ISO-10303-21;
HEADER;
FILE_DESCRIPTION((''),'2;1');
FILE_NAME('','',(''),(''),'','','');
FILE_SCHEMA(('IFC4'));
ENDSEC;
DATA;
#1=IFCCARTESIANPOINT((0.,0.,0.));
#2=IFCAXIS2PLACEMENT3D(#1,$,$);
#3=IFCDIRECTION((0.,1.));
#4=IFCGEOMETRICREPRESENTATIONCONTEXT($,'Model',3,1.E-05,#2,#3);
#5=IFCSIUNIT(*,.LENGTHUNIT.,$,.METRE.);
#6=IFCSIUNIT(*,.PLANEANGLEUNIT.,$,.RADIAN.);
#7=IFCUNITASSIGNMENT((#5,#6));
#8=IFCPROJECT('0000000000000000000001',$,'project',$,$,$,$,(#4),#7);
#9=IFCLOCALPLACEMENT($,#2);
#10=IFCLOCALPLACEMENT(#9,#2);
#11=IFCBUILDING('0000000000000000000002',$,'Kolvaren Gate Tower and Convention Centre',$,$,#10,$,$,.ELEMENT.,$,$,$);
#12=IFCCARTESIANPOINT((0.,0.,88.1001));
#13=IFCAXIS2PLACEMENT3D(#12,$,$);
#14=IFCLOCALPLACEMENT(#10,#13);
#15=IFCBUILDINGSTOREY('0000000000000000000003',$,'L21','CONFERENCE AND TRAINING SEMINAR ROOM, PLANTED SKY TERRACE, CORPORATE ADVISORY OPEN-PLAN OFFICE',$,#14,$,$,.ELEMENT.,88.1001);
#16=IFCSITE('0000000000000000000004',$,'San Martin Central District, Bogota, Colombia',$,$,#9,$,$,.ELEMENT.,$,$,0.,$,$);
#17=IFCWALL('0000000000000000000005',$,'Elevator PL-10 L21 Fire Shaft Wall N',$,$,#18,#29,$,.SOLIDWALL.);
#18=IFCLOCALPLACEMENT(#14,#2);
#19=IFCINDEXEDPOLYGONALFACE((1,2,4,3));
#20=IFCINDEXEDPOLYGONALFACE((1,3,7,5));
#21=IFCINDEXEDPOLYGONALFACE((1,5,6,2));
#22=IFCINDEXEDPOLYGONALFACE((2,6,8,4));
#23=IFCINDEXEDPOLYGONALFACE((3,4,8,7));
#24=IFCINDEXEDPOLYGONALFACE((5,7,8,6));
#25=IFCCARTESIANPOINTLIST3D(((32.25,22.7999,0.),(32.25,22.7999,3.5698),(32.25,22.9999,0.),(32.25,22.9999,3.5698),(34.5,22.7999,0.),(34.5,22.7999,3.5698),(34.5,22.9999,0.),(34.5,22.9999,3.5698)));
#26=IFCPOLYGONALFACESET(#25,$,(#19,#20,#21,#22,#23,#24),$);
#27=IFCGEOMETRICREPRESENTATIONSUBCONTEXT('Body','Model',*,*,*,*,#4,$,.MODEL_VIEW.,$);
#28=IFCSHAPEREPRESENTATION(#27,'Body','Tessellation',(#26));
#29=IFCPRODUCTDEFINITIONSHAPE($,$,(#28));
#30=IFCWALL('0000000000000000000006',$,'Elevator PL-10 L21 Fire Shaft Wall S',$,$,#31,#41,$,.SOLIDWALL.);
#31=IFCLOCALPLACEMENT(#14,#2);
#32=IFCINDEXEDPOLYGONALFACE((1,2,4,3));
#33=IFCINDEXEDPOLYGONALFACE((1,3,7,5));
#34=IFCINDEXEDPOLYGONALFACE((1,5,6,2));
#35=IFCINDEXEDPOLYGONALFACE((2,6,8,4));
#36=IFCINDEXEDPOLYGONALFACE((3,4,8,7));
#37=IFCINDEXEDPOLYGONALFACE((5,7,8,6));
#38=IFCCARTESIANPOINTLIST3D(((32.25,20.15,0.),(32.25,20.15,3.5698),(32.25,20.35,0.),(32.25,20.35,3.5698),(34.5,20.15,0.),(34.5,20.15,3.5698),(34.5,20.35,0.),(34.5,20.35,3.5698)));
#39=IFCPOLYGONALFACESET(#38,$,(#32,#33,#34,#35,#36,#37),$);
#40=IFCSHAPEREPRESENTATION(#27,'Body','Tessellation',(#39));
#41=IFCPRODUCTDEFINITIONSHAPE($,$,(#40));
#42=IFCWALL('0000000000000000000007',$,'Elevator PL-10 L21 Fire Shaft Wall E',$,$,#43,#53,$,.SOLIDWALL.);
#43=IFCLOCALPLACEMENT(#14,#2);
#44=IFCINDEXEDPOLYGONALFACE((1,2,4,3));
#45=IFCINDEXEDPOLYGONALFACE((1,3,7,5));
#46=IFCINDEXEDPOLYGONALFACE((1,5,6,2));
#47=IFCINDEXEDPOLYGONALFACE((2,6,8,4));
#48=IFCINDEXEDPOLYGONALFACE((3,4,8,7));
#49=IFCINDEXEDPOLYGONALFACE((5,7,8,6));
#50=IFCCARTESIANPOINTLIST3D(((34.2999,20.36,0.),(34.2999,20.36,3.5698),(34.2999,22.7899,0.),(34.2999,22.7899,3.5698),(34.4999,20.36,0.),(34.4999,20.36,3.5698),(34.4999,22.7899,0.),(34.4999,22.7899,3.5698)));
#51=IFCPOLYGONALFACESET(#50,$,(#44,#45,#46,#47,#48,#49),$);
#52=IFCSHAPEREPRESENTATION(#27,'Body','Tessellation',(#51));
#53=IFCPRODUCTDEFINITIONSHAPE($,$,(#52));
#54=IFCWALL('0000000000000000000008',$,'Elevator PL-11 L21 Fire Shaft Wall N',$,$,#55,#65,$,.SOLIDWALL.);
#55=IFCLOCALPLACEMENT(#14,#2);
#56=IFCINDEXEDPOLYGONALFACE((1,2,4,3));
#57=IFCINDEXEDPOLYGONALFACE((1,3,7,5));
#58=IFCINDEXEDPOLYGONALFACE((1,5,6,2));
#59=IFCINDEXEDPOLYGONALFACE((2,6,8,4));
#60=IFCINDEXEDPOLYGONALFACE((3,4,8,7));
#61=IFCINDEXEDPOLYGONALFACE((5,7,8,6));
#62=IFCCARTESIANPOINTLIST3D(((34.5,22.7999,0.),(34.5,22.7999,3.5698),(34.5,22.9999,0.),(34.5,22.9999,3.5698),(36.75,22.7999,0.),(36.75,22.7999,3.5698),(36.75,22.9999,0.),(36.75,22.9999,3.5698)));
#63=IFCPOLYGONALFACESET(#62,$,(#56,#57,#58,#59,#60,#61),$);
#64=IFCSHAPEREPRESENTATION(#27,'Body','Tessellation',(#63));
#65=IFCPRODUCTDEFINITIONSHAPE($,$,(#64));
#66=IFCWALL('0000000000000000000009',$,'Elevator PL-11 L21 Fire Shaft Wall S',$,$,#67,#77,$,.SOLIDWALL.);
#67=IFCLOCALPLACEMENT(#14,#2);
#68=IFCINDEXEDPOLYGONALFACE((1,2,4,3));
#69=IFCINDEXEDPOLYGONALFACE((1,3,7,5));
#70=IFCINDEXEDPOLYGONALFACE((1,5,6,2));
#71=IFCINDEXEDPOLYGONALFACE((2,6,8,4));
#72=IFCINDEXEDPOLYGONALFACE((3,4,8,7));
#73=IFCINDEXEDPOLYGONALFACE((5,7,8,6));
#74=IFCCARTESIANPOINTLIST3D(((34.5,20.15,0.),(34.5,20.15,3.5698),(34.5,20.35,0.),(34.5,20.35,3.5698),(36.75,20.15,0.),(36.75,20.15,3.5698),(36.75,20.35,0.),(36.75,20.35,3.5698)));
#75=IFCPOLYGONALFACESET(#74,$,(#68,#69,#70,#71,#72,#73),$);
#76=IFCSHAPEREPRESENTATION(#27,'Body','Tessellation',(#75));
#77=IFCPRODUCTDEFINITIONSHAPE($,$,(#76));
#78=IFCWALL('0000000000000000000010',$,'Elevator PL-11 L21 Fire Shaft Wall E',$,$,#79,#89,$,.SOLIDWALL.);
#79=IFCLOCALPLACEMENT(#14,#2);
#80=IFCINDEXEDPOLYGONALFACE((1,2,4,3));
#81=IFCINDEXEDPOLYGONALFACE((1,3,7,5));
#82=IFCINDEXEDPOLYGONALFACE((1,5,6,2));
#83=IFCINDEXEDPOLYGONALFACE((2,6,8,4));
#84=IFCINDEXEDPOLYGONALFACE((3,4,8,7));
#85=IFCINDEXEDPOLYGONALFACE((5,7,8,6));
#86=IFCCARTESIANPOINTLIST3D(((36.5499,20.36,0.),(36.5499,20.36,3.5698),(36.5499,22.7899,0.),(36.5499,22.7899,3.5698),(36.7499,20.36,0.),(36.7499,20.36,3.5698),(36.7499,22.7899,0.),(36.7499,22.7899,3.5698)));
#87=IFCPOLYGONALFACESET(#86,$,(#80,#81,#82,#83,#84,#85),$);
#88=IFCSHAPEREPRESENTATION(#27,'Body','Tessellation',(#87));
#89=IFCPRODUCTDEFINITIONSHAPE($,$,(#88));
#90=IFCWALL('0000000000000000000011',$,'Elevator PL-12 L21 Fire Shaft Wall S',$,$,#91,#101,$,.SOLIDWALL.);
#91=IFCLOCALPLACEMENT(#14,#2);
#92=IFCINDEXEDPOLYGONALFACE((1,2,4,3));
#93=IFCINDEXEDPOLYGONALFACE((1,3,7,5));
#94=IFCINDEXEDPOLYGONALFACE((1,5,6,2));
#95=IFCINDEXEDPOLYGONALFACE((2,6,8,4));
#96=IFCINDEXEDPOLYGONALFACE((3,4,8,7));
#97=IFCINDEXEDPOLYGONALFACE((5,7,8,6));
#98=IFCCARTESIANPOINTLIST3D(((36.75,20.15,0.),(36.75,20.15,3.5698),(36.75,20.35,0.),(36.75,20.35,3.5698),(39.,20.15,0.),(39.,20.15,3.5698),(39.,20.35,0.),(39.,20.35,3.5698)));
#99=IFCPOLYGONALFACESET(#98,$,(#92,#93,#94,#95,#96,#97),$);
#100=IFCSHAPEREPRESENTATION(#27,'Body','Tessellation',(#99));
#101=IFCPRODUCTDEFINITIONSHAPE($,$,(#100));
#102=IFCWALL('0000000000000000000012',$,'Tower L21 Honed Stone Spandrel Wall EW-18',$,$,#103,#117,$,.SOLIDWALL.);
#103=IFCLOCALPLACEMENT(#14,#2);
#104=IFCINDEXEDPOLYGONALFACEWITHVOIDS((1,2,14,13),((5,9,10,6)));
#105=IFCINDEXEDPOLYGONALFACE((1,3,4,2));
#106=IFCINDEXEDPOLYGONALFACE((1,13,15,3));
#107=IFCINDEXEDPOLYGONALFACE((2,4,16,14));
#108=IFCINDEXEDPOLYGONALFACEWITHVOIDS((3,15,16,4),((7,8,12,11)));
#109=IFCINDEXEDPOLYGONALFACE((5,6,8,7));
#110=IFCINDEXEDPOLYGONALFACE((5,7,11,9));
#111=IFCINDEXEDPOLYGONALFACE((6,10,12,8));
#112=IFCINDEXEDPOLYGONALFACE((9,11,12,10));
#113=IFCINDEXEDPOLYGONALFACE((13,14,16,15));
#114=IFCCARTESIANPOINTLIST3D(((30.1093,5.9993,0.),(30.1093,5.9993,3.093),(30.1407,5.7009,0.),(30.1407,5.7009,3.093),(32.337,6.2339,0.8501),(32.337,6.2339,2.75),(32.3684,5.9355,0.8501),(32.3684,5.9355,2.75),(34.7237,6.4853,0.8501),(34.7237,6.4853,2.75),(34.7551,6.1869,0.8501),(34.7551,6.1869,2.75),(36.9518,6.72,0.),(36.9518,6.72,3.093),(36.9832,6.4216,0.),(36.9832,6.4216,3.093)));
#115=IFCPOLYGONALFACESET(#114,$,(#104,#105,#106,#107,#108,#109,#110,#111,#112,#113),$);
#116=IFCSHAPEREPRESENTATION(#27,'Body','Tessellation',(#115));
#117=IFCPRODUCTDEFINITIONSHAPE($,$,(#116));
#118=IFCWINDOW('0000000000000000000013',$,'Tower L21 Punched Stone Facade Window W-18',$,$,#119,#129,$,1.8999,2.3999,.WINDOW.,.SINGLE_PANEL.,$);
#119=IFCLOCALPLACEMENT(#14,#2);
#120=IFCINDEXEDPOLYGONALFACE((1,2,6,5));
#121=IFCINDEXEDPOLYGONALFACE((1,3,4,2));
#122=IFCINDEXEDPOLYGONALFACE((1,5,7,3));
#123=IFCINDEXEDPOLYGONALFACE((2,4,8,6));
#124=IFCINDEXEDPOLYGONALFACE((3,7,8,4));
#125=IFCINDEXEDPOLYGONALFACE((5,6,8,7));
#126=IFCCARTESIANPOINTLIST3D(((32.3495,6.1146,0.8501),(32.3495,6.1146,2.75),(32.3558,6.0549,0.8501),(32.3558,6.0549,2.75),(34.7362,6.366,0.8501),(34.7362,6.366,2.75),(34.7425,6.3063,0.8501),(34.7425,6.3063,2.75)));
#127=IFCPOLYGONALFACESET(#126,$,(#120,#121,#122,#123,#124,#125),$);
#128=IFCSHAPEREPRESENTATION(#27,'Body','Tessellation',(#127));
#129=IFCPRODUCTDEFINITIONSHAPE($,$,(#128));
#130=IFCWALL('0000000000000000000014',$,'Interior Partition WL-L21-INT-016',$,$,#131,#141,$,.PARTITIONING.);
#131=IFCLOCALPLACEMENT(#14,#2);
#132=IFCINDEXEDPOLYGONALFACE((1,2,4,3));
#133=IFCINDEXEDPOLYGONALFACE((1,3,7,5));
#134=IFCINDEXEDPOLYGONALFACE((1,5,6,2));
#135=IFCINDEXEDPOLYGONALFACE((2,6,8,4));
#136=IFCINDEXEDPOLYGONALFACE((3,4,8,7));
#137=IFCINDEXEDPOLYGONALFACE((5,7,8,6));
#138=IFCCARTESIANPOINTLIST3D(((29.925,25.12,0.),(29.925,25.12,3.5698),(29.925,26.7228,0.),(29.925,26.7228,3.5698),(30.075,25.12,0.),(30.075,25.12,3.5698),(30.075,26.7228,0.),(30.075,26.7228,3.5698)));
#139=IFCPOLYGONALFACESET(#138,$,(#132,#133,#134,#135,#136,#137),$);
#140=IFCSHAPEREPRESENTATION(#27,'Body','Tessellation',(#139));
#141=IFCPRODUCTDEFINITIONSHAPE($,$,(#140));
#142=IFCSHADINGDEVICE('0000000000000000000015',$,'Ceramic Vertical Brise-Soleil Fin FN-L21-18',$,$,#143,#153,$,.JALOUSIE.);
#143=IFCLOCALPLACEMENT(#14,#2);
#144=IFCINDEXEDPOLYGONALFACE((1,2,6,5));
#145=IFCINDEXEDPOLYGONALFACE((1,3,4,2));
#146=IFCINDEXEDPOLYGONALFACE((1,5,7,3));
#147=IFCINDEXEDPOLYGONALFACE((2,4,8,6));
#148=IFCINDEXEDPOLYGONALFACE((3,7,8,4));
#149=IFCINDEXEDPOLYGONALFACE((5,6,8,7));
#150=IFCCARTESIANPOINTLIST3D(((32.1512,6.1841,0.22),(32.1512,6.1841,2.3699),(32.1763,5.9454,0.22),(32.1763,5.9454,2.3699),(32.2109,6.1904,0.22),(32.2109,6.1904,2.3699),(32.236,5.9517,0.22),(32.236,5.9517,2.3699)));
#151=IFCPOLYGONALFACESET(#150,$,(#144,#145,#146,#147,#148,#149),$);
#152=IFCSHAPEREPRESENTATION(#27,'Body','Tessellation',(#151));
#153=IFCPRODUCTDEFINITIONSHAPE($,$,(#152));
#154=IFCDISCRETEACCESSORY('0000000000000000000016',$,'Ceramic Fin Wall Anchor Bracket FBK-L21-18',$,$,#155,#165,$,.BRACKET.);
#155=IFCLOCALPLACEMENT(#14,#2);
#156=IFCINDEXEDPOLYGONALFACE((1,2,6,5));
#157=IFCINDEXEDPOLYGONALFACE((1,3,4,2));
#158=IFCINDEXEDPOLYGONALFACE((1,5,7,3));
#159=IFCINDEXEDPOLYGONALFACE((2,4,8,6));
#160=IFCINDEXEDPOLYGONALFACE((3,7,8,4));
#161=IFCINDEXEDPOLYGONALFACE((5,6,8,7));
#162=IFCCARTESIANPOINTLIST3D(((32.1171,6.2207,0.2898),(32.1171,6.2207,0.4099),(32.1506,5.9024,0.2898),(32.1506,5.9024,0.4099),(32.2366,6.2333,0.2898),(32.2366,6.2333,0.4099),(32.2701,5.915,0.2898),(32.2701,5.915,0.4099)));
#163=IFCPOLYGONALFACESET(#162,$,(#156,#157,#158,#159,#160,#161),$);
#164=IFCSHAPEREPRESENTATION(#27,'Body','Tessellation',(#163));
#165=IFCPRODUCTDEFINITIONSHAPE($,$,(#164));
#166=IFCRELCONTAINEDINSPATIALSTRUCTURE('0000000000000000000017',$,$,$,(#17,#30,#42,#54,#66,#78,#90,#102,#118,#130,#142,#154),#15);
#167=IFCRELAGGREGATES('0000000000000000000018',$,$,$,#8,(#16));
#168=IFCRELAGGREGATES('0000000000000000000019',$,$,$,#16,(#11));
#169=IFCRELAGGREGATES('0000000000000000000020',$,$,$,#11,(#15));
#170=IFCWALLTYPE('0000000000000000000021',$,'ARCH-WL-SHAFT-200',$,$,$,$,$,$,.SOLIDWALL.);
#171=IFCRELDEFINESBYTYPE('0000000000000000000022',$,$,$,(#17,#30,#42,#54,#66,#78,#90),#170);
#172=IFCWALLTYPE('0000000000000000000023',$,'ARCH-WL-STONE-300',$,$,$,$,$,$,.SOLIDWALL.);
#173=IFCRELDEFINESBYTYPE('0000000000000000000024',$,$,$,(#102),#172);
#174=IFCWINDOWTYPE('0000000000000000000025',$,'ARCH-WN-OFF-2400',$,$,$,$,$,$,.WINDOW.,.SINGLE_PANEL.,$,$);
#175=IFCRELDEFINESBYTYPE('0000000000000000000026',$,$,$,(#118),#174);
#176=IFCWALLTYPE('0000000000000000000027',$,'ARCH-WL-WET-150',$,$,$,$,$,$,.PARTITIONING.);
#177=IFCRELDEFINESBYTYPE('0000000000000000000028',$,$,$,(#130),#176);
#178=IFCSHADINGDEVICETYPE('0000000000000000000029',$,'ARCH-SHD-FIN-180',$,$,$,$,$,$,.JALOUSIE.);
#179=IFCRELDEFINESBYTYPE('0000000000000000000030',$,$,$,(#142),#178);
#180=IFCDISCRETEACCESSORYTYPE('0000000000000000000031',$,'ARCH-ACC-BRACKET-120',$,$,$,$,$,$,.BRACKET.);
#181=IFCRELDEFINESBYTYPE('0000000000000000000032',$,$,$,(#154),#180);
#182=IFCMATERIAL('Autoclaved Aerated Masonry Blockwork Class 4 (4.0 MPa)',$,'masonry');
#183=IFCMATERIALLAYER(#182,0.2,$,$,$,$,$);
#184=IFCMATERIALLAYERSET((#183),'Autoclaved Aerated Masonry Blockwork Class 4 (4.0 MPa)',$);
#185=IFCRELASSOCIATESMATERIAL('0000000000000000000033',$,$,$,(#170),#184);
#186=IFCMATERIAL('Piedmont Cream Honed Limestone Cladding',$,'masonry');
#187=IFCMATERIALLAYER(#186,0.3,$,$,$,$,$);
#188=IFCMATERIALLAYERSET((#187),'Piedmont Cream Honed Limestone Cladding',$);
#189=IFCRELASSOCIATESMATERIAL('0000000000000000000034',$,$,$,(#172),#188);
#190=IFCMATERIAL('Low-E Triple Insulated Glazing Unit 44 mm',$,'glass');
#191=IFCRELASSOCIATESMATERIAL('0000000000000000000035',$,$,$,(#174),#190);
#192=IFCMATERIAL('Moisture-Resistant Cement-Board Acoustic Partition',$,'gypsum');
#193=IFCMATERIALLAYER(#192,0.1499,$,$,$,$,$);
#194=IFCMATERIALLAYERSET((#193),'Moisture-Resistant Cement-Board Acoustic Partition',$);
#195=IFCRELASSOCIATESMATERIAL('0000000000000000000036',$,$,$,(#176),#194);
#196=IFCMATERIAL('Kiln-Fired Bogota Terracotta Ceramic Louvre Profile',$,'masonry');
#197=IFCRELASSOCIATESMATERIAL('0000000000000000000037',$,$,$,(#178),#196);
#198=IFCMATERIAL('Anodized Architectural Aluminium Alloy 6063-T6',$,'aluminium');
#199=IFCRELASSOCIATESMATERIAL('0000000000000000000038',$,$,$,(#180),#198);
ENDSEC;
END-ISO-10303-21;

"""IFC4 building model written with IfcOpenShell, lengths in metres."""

from ifc_helpers import new_model, si_unit, direction, frame, frame_2d, origin, origin_2d, place, context, subcontext, project, spatial, rectangle, extrude, material, layer, layer_set, type_object, element, fill, save


model = new_model("IFC4")

# Units and contexts
model_context = context("Model", 3, precision=1e-05, world=origin(), true_north=direction((0.0, 1.0)))
body_context = subcontext(model_context, "Body", "Model", "MODEL_VIEW")
ifc_project = project(units=[si_unit("LENGTHUNIT", "METRE"), si_unit("PLANEANGLEUNIT", "RADIAN")], contexts=[model_context])

# Site, building, storey
site_placement = place(None, origin())
site = spatial("IfcSite", under=ifc_project, at=site_placement, Name="San Martin Central District, Bogota, Colombia", CompositionType="ELEMENT", RefElevation=0.0)
building_placement = place(site_placement, origin())
building = spatial("IfcBuilding", under=site, at=building_placement, Name="Kolvaren Gate Tower and Convention Centre", CompositionType="ELEMENT")
storey_placement = place(building_placement, frame((0.0, 0.0, 88.1001)))
storey = spatial("IfcBuildingStorey", under=building, at=storey_placement, Name="L21", Description="CONFERENCE AND TRAINING SEMINAR ROOM, PLANTED SKY TERRACE, CORPORATE ADVISORY OPEN-PLAN OFFICE", CompositionType="ELEMENT", Elevation=88.1001)

# Walls
ifc_material_1 = material(Name="Autoclaved Aerated Masonry Blockwork Class 4 (4.0 MPa)", Category="masonry")
ifc_layer_1 = layer(ifc_material_1, 0.2)
ifc_layer_set_1 = layer_set([ifc_layer_1], Name="Autoclaved Aerated Masonry Blockwork Class 4 (4.0 MPa)")
wall_type_1 = type_object("IfcWallType", Name="ARCH-WL-SHAFT-200", PredefinedType="SOLIDWALL", material=ifc_layer_set_1)
for number, where, z_axis, x_axis, name in (
    (1, (32.25, 22.8999, 0.0), (0.0, 0.0, 1.0), (1.0, 0.0, 0.0), "Elevator PL-10 L21 Fire Shaft Wall N"),
    (2, (32.25, 20.25, 0.0), (0.0, 0.0, 1.0), (1.0, 0.0, 0.0), "Elevator PL-10 L21 Fire Shaft Wall S"),
):
    element("IfcWall", number, at=place(storey_placement, frame(where, z_axis=z_axis, x_axis=x_axis)), inside=storey, type_object=wall_type_1, Name=name, PredefinedType="SOLIDWALL", context=body_context, shape_type="SweptSolid", body=[
        extrude(rectangle(XDim=2.25, YDim=0.2, at=frame_2d((1.125, 0.0))), origin(), (0.0, 0.0, 1.0), 3.5698),
    ])
wall_1_placement = place(storey_placement, frame((34.3999, 20.3601, 0.0), z_axis=(0.0, 0.0, 1.0), x_axis=(0.0, 1.0, 0.0)))
element("IfcWall", 3, at=wall_1_placement, inside=storey, type_object=wall_type_1, Name="Elevator PL-10 L21 Fire Shaft Wall E", PredefinedType="SOLIDWALL", context=body_context, shape_type="SweptSolid", body=[
    extrude(rectangle(XDim=2.4299, YDim=0.2, at=frame_2d((1.2148, 0.0))), origin(), (0.0, 0.0, 1.0), 3.5698),
])
for number, where, z_axis, x_axis, name in (
    (4, (34.5, 22.8999, 0.0), (0.0, 0.0, 1.0), (1.0, 0.0, 0.0), "Elevator PL-11 L21 Fire Shaft Wall N"),
    (5, (34.5, 20.25, 0.0), (0.0, 0.0, 1.0), (1.0, 0.0, 0.0), "Elevator PL-11 L21 Fire Shaft Wall S"),
):
    element("IfcWall", number, at=place(storey_placement, frame(where, z_axis=z_axis, x_axis=x_axis)), inside=storey, type_object=wall_type_1, Name=name, PredefinedType="SOLIDWALL", context=body_context, shape_type="SweptSolid", body=[
        extrude(rectangle(XDim=2.25, YDim=0.2, at=frame_2d((1.125, 0.0))), origin(), (0.0, 0.0, 1.0), 3.5698),
    ])
wall_2_placement = place(storey_placement, frame((36.6499, 20.3601, 0.0), z_axis=(0.0, 0.0, 1.0), x_axis=(0.0, 1.0, 0.0)))
element("IfcWall", 6, at=wall_2_placement, inside=storey, type_object=wall_type_1, Name="Elevator PL-11 L21 Fire Shaft Wall E", PredefinedType="SOLIDWALL", context=body_context, shape_type="SweptSolid", body=[
    extrude(rectangle(XDim=2.4299, YDim=0.2, at=frame_2d((1.2148, 0.0))), origin(), (0.0, 0.0, 1.0), 3.5698),
])
wall_3_placement = place(storey_placement, frame((36.75, 20.25, 0.0), z_axis=(0.0, 0.0, 1.0), x_axis=(1.0, 0.0, 0.0)))
element("IfcWall", 7, at=wall_3_placement, inside=storey, type_object=wall_type_1, Name="Elevator PL-12 L21 Fire Shaft Wall S", PredefinedType="SOLIDWALL", context=body_context, shape_type="SweptSolid", body=[
    extrude(rectangle(XDim=2.25, YDim=0.2, at=frame_2d((1.125, 0.0))), origin(), (0.0, 0.0, 1.0), 3.5698),
])

# Wall, opening, window
ifc_material_2 = material(Name="Piedmont Cream Honed Limestone Cladding", Category="masonry")
ifc_layer_2 = layer(ifc_material_2, 0.3)
ifc_layer_set_2 = layer_set([ifc_layer_2], Name="Piedmont Cream Honed Limestone Cladding")
wall_type_2 = type_object("IfcWallType", Name="ARCH-WL-STONE-300", PredefinedType="SOLIDWALL", material=ifc_layer_set_2)
wall_4_placement = place(storey_placement, frame((30.125, 5.8501, 0.0), z_axis=(0.0, 0.0, 1.0), x_axis=(0.994499, 0.104748, 0.0)))
wall_4 = element("IfcWall", 8, at=wall_4_placement, inside=storey, type_object=wall_type_2, Name="Tower L21 Honed Stone Spandrel Wall EW-18", PredefinedType="SOLIDWALL", context=body_context, shape_type="SweptSolid", body=[
    extrude(rectangle(XDim=6.8804, YDim=0.3, at=frame_2d((3.4402, 0.0))), origin(), (0.0, 0.0, 1.0), 3.093),
])
opening_placement = place(wall_4_placement, frame((2.24, 0.0, 0.8501)))
opening = element("IfcOpeningElement", 9, at=opening_placement, cuts=wall_4, PredefinedType="OPENING", context=body_context, shape_type="SweptSolid", body=[
    extrude(rectangle(XDim=2.3999, YDim=1.8999, at=frame_2d((1.2, 0.95))), frame((0.0, 0.1599, 0.0), z_axis=(0.0, -1.0, 0.0), x_axis=(1.0, 0.0, 0.0)), (0.0, 0.0, 1.0), 0.3201),
])
ifc_material_3 = material(Name="Low-E Triple Insulated Glazing Unit 44 mm", Category="glass")
window_type = type_object("IfcWindowType", Name="ARCH-WN-OFF-2400", PartitioningType="SINGLE_PANEL", PredefinedType="WINDOW", material=ifc_material_3)
window_placement = place(opening_placement, origin())
window = element("IfcWindow", 10, at=window_placement, inside=storey, type_object=window_type, Name="Tower L21 Punched Stone Facade Window W-18", OverallHeight=1.8999, OverallWidth=2.3999, PartitioningType="SINGLE_PANEL", PredefinedType="WINDOW", context=body_context, shape_type="SweptSolid", body=[
    extrude(rectangle(XDim=2.3999, YDim=1.8999, at=frame_2d((1.2, 0.95))), frame((0.0, 0.03, 0.0), z_axis=(0.0, -1.0, 0.0), x_axis=(1.0, 0.0, 0.0)), (0.0, 0.0, 1.0), 0.0601),
])
fill(opening, window)

# Wall
ifc_material_4 = material(Name="Moisture-Resistant Cement-Board Acoustic Partition", Category="gypsum")
ifc_layer_3 = layer(ifc_material_4, 0.1499)
ifc_layer_set_3 = layer_set([ifc_layer_3], Name="Moisture-Resistant Cement-Board Acoustic Partition")
wall_type_3 = type_object("IfcWallType", Name="ARCH-WL-WET-150", PredefinedType="PARTITIONING", material=ifc_layer_set_3)
wall_5_placement = place(storey_placement, frame((30.0, 25.1201, 0.0), z_axis=(0.0, 0.0, 1.0), x_axis=(0.0, 1.0, 0.0)))
element("IfcWall", 11, at=wall_5_placement, inside=storey, type_object=wall_type_3, Name="Interior Partition WL-L21-INT-016", PredefinedType="PARTITIONING", context=body_context, shape_type="SweptSolid", body=[
    extrude(rectangle(XDim=1.6028, YDim=0.1499, at=frame_2d((0.8013, 0.0))), origin(), (0.0, 0.0, 1.0), 3.5698),
])

# Shading device
ifc_material_5 = material(Name="Kiln-Fired Bogota Terracotta Ceramic Louvre Profile", Category="masonry")
shading_device_type = type_object("IfcShadingDeviceType", Name="ARCH-SHD-FIN-180", PredefinedType="JALOUSIE", material=ifc_material_5)
shading_device_placement = place(storey_placement, frame((32.1936, 6.0679, 0.22), z_axis=(0.0, 0.0, 1.0), x_axis=(0.994499, 0.104747, 0.0)))
element("IfcShadingDevice", 12, at=shading_device_placement, inside=storey, type_object=shading_device_type, Name="Ceramic Vertical Brise-Soleil Fin FN-L21-18", PredefinedType="JALOUSIE", context=body_context, shape_type="SweptSolid", body=[
    extrude(rectangle(XDim=0.0601, YDim=0.24, at=origin_2d()), origin(), (0.0, 0.0, 1.0), 2.1499),
])

# Discrete accessory
ifc_material_6 = material(Name="Anodized Architectural Aluminium Alloy 6063-T6", Category="aluminium")
discrete_accessory_type = type_object("IfcDiscreteAccessoryType", Name="ARCH-ACC-BRACKET-120", PredefinedType="BRACKET", material=ifc_material_6)
discrete_accessory_placement = place(storey_placement, frame((32.1936, 6.0679, 0.2898), z_axis=(0.0, 0.0, 1.0), x_axis=(0.994499, 0.104747, 0.0)))
element("IfcDiscreteAccessory", 13, at=discrete_accessory_placement, inside=storey, type_object=discrete_accessory_type, Name="Ceramic Fin Wall Anchor Bracket FBK-L21-18", PredefinedType="BRACKET", context=body_context, shape_type="SweptSolid", body=[
    extrude(rectangle(XDim=0.1201, YDim=0.3201, at=origin_2d()), origin(), (0.0, 0.0, 1.0), 0.1201),
])

save(model, "model.ifc")
